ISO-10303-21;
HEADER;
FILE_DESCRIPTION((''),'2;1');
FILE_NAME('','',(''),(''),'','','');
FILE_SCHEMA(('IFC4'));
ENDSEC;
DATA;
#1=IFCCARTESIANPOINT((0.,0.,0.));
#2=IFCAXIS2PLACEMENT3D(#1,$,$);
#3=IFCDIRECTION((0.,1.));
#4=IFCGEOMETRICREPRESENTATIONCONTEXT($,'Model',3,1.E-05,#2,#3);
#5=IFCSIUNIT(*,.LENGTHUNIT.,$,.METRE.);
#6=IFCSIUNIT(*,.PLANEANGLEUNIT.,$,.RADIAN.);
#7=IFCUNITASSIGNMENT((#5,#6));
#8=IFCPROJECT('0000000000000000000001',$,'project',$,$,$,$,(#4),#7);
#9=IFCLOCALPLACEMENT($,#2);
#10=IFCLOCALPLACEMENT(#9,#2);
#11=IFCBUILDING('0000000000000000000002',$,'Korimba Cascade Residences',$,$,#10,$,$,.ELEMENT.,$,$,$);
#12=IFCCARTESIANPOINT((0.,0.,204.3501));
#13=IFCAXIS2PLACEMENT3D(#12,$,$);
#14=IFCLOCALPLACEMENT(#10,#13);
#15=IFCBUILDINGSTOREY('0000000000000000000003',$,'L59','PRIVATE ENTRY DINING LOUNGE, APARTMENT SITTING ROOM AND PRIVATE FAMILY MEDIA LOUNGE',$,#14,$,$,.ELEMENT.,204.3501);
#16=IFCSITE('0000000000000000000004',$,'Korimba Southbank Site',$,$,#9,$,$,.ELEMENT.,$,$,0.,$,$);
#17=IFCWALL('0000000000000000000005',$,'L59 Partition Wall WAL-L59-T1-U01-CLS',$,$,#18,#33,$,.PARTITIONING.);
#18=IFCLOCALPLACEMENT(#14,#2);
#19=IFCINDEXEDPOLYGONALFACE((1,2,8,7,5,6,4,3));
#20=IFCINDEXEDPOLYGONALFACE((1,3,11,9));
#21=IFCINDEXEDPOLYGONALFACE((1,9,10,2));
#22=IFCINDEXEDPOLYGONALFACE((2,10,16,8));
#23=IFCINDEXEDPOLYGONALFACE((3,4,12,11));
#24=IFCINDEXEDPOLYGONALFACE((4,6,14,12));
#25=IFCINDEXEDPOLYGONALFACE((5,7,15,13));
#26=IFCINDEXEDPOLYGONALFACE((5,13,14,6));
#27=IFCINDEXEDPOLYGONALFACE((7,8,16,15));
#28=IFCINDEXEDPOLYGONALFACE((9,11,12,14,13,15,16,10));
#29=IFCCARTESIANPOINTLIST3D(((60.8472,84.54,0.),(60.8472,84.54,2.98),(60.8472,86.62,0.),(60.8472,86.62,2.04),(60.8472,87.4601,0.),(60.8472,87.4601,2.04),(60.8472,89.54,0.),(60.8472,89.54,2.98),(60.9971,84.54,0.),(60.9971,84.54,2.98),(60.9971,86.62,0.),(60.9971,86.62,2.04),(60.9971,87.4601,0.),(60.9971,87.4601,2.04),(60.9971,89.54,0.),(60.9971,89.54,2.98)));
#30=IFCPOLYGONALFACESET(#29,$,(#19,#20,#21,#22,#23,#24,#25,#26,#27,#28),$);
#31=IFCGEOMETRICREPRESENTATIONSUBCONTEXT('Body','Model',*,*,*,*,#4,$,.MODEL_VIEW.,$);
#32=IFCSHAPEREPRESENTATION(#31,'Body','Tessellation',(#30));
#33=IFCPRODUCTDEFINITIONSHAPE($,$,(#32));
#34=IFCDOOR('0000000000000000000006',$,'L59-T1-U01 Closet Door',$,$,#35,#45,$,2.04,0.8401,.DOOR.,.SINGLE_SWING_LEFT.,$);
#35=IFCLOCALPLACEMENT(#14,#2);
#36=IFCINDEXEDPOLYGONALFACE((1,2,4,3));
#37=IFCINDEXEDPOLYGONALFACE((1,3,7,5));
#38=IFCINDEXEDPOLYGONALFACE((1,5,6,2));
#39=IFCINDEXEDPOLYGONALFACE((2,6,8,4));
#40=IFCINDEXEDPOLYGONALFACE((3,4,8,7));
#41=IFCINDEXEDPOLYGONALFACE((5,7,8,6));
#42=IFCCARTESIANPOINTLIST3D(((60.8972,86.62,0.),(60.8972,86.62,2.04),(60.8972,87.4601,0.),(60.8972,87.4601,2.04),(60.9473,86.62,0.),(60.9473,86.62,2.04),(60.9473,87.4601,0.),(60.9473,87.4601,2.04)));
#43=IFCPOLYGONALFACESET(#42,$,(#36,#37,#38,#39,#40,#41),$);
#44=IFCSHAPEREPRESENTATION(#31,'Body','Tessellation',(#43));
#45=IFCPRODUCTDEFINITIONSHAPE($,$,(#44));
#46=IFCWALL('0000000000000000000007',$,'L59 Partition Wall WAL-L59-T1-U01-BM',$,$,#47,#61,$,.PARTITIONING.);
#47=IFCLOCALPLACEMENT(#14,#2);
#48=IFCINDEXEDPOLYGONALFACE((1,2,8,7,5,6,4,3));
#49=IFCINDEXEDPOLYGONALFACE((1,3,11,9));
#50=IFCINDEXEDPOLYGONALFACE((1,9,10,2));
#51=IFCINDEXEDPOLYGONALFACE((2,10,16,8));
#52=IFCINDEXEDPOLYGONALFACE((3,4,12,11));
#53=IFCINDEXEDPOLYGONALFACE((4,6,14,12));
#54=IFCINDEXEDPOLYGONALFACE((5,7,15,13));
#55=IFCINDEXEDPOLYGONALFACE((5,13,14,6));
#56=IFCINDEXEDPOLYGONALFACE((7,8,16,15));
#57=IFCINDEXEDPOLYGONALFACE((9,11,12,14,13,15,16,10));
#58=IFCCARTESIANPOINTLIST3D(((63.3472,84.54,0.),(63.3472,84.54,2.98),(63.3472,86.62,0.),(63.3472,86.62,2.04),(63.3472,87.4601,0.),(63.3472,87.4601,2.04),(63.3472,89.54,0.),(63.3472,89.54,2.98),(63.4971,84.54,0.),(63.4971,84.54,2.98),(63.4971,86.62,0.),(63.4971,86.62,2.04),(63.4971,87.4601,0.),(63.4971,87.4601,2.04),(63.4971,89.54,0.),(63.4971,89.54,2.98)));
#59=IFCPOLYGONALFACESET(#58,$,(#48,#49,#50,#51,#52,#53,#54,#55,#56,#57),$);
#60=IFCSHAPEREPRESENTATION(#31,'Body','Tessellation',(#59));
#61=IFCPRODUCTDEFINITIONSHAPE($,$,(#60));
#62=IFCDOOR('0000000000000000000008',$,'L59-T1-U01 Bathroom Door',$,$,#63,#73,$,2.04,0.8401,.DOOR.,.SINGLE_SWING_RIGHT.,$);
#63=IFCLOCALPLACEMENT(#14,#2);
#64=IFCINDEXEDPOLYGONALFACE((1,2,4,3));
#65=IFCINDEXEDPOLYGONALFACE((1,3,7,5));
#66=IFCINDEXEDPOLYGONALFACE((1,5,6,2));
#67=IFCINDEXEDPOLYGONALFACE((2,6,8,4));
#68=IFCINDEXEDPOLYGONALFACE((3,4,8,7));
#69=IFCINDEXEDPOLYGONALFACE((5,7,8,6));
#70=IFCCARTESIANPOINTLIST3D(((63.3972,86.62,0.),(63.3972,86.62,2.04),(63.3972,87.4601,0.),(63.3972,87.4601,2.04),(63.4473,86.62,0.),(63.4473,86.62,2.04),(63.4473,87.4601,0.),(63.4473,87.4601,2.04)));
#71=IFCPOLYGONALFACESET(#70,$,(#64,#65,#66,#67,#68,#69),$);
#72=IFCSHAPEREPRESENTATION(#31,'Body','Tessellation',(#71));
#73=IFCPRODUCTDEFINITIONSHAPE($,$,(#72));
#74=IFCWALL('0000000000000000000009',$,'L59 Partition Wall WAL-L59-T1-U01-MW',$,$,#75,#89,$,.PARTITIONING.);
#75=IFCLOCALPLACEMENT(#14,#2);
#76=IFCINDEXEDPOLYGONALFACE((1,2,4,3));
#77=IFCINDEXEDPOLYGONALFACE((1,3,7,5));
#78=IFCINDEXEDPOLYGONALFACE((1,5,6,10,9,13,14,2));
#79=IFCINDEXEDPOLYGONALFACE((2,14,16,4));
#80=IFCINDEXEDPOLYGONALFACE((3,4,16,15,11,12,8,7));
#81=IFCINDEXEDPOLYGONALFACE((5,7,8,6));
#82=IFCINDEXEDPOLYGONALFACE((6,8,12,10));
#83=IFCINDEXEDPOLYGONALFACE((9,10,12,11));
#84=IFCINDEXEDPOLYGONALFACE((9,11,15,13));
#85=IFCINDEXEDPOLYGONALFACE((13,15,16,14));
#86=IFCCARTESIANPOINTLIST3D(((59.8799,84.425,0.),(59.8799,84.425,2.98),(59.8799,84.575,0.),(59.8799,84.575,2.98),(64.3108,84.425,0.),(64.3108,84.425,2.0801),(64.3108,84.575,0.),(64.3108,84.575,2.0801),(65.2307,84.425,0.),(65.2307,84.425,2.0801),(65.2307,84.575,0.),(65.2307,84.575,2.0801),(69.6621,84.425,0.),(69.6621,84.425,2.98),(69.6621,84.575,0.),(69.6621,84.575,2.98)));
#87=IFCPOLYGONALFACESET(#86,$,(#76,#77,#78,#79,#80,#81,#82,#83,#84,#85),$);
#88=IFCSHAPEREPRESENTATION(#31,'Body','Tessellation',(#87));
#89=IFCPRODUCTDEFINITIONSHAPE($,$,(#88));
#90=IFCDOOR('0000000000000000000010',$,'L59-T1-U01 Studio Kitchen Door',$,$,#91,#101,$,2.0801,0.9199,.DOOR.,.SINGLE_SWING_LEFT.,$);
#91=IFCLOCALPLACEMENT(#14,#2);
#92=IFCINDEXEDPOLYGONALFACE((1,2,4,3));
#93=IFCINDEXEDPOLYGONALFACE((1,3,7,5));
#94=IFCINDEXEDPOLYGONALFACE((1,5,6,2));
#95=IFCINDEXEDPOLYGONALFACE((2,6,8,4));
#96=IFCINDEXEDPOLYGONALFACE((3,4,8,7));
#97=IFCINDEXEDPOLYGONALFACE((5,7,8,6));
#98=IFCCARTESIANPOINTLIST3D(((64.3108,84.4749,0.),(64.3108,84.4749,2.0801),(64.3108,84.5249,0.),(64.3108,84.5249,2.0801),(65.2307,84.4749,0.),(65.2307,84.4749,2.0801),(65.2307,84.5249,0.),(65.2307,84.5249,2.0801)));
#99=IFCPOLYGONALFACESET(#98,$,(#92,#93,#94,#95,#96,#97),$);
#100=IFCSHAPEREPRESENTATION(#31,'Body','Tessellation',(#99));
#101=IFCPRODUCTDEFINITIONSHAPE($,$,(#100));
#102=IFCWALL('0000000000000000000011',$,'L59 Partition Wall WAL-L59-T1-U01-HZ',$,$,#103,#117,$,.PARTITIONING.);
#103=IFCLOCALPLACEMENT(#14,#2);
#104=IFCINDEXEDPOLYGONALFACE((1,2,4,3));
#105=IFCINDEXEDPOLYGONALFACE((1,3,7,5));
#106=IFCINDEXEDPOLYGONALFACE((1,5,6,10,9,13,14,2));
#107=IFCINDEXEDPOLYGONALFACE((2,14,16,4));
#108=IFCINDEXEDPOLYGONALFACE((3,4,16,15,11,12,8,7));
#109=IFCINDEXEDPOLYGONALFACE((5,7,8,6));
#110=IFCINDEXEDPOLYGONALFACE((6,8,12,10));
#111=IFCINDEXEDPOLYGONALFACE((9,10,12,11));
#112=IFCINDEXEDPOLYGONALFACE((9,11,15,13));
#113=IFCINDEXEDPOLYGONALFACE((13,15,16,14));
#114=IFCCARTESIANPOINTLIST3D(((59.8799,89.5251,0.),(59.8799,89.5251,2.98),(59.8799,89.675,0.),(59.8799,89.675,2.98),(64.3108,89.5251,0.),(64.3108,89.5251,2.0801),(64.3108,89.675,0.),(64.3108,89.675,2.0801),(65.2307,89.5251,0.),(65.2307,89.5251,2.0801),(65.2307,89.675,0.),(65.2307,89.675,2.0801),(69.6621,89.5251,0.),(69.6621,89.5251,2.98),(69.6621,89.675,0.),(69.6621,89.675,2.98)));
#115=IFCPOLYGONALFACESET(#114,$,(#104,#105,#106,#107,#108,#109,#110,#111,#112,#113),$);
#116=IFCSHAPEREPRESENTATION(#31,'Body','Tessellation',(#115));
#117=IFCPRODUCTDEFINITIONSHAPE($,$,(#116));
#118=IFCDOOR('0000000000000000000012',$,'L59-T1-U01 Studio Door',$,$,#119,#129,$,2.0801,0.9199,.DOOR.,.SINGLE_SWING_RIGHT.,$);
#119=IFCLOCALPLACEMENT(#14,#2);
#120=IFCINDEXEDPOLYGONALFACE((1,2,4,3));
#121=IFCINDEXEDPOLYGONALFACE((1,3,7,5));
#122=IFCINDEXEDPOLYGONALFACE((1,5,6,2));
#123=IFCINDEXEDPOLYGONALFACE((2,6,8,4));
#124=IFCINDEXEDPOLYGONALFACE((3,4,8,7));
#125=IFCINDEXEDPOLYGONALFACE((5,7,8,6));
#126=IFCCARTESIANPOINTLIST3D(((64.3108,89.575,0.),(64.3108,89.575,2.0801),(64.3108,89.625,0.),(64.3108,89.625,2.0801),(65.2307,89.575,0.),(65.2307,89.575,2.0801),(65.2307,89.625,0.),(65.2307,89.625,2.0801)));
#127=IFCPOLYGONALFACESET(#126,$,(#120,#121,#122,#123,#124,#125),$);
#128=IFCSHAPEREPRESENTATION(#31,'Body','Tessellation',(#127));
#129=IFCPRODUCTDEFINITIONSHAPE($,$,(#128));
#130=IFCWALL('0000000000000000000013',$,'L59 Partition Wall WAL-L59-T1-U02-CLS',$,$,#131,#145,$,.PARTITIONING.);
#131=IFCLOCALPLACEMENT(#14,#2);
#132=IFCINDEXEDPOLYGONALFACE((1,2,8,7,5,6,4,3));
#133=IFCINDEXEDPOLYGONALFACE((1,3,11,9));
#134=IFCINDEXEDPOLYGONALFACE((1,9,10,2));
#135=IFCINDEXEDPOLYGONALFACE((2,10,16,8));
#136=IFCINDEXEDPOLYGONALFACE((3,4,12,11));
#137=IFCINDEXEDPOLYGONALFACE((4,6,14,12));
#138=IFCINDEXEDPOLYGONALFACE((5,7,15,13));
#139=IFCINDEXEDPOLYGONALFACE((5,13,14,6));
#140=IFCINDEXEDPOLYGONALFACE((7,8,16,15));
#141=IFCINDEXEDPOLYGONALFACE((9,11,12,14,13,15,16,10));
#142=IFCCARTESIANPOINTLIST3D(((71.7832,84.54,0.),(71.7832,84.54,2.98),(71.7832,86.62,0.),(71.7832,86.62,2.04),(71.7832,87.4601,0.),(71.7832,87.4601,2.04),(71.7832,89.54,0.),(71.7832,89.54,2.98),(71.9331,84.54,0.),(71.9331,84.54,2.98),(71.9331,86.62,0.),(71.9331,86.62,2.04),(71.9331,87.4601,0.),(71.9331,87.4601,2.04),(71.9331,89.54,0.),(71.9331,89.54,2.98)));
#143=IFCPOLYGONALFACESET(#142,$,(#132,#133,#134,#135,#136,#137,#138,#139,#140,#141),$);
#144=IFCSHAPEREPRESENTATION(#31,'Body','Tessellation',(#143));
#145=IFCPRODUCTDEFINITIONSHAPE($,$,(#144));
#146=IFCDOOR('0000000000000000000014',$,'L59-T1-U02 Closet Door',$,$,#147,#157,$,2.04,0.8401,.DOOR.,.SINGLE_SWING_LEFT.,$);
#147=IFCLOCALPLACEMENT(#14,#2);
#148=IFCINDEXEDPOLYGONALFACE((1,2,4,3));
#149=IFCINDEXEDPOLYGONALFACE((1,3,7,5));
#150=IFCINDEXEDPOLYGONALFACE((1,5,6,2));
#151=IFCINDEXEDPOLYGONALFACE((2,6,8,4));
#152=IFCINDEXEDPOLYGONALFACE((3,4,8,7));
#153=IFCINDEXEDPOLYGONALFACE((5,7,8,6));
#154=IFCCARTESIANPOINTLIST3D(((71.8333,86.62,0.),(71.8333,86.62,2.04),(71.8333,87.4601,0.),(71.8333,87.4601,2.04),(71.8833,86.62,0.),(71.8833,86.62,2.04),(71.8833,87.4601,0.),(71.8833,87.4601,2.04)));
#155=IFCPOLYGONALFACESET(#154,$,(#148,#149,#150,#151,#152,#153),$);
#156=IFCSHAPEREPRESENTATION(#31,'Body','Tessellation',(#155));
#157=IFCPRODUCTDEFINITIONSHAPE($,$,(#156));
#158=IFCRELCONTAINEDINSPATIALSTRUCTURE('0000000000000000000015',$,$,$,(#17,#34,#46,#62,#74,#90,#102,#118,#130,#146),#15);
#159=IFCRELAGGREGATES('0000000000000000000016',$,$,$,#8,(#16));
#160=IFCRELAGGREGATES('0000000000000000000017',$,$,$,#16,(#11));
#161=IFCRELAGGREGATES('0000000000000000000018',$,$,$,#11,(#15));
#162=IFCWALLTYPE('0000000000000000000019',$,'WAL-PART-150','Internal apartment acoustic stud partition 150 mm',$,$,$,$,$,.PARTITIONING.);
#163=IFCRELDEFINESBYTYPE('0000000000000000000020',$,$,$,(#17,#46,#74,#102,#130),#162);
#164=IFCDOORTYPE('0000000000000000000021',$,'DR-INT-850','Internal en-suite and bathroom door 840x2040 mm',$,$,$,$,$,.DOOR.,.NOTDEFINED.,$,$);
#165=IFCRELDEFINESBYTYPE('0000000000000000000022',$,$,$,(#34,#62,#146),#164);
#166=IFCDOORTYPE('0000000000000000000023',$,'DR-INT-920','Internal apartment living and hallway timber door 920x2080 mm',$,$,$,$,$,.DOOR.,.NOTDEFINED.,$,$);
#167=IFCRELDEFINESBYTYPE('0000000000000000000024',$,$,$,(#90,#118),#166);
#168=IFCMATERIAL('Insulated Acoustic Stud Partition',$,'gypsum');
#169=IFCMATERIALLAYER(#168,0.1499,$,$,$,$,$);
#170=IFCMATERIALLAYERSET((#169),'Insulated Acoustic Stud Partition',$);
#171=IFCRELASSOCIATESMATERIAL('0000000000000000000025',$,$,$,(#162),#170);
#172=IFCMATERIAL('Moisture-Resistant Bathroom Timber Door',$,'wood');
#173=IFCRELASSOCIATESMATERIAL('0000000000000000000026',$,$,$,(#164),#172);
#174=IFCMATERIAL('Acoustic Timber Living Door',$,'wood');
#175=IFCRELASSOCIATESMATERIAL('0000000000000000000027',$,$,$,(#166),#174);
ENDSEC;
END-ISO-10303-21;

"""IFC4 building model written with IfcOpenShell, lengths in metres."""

from ifc_helpers import new_model, si_unit, direction, frame, frame_2d, origin, place, context, subcontext, project, spatial, rectangle, extrude, material, layer, layer_set, type_object, element, fill, save


model = new_model("IFC4")

# Units and contexts
model_context = context("Model", 3, precision=1e-05, world=origin(), true_north=direction((0.0, 1.0)))
body_context = subcontext(model_context, "Body", "Model", "MODEL_VIEW")
ifc_project = project(units=[si_unit("LENGTHUNIT", "METRE"), si_unit("PLANEANGLEUNIT", "RADIAN")], contexts=[model_context])

# Site, building, storey
site_placement = place(None, origin())
site = spatial("IfcSite", under=ifc_project, at=site_placement, Name="Korimba Southbank Site", CompositionType="ELEMENT", RefElevation=0.0)
building_placement = place(site_placement, origin())
building = spatial("IfcBuilding", under=site, at=building_placement, Name="Korimba Cascade Residences", CompositionType="ELEMENT")
storey_placement = place(building_placement, frame((0.0, 0.0, 204.3501)))
storey = spatial("IfcBuildingStorey", under=building, at=storey_placement, Name="L59", Description="PRIVATE ENTRY DINING LOUNGE, APARTMENT SITTING ROOM AND PRIVATE FAMILY MEDIA LOUNGE", CompositionType="ELEMENT", Elevation=204.3501)

# Walls, openings, doors
ifc_material_1 = material(Name="Insulated Acoustic Stud Partition", Category="gypsum")
ifc_layer_1 = layer(ifc_material_1, 0.1499)
ifc_layer_set_1 = layer_set([ifc_layer_1], Name="Insulated Acoustic Stud Partition")
wall_type_1 = type_object("IfcWallType", Name="WAL-PART-150", Description="Internal apartment acoustic stud partition 150 mm", PredefinedType="PARTITIONING", material=ifc_layer_set_1)
wall_1_placement = place(storey_placement, frame((60.9221, 84.54, 0.0), z_axis=(0.0, 0.0, 1.0), x_axis=(0.0, 1.0, 0.0)))
wall_1 = element("IfcWall", 1, at=wall_1_placement, inside=storey, type_object=wall_type_1, Name="L59 Partition Wall WAL-L59-T1-U01-CLS", PredefinedType="PARTITIONING", context=body_context, shape_type="SweptSolid", body=[
    extrude(rectangle(XDim=5.0, YDim=0.1499, at=frame_2d((2.5, 0.0))), origin(), (0.0, 0.0, 1.0), 2.98),
])
opening_1_placement = place(wall_1_placement, frame((2.0801, 0.0, 0.0)))
opening_1 = element("IfcOpeningElement", 2, at=opening_1_placement, cuts=wall_1, PredefinedType="OPENING", context=body_context, shape_type="SweptSolid", body=[
    extrude(rectangle(XDim=0.8401, YDim=2.04, at=frame_2d((0.4199, 1.02))), frame((0.0, 0.085, 0.0), z_axis=(0.0, -1.0, 0.0), x_axis=(1.0, 0.0, 0.0)), (0.0, 0.0, 1.0), 0.1699),
])
ifc_material_2 = material(Name="Moisture-Resistant Bathroom Timber Door", Category="wood")
door_type_1 = type_object("IfcDoorType", Name="DR-INT-850", Description="Internal en-suite and bathroom door 840x2040 mm", OperationType="NOTDEFINED", PredefinedType="DOOR", material=ifc_material_2)
door_1_placement = place(opening_1_placement, origin())
door_1 = element("IfcDoor", 3, at=door_1_placement, inside=storey, type_object=door_type_1, Name="L59-T1-U01 Closet Door", OperationType="SINGLE_SWING_LEFT", OverallHeight=2.04, OverallWidth=0.8401, PredefinedType="DOOR", context=body_context, shape_type="SweptSolid", body=[
    extrude(rectangle(XDim=0.8401, YDim=2.04, at=frame_2d((0.4199, 1.02))), frame((0.0, 0.0249, 0.0), z_axis=(0.0, -1.0, 0.0), x_axis=(1.0, 0.0, 0.0)), (0.0, 0.0, 1.0), 0.05),
])
fill(opening_1, door_1)
wall_2_placement = place(storey_placement, frame((63.4221, 84.54, 0.0), z_axis=(0.0, 0.0, 1.0), x_axis=(0.0, 1.0, 0.0)))
wall_2 = element("IfcWall", 4, at=wall_2_placement, inside=storey, type_object=wall_type_1, Name="L59 Partition Wall WAL-L59-T1-U01-BM", PredefinedType="PARTITIONING", context=body_context, shape_type="SweptSolid", body=[
    extrude(rectangle(XDim=5.0, YDim=0.1499, at=frame_2d((2.5, 0.0))), origin(), (0.0, 0.0, 1.0), 2.98),
])
opening_2_placement = place(wall_2_placement, frame((2.0801, 0.0, 0.0)))
opening_2 = element("IfcOpeningElement", 5, at=opening_2_placement, cuts=wall_2, PredefinedType="OPENING", context=body_context, shape_type="SweptSolid", body=[
    extrude(rectangle(XDim=0.8401, YDim=2.04, at=frame_2d((0.4199, 1.02))), frame((0.0, 0.085, 0.0), z_axis=(0.0, -1.0, 0.0), x_axis=(1.0, 0.0, 0.0)), (0.0, 0.0, 1.0), 0.1699),
])
door_2_placement = place(opening_2_placement, origin())
door_2 = element("IfcDoor", 6, at=door_2_placement, inside=storey, type_object=door_type_1, Name="L59-T1-U01 Bathroom Door", OperationType="SINGLE_SWING_RIGHT", OverallHeight=2.04, OverallWidth=0.8401, PredefinedType="DOOR", context=body_context, shape_type="SweptSolid", body=[
    extrude(rectangle(XDim=0.8401, YDim=2.04, at=frame_2d((0.4199, 1.02))), frame((0.0, 0.0249, 0.0), z_axis=(0.0, -1.0, 0.0), x_axis=(1.0, 0.0, 0.0)), (0.0, 0.0, 1.0), 0.05),
])
fill(opening_2, door_2)
wall_3_placement = place(storey_placement, frame((59.8799, 84.5, 0.0), z_axis=(0.0, 0.0, 1.0), x_axis=(1.0, 0.0, 0.0)))
wall_3 = element("IfcWall", 7, at=wall_3_placement, inside=storey, type_object=wall_type_1, Name="L59 Partition Wall WAL-L59-T1-U01-MW", PredefinedType="PARTITIONING", context=body_context, shape_type="SweptSolid", body=[
    extrude(rectangle(XDim=9.7822, YDim=0.1499, at=frame_2d((4.8911, 0.0))), origin(), (0.0, 0.0, 1.0), 2.98),
])
opening_3_placement = place(wall_3_placement, frame((4.4309, 0.0, 0.0)))
opening_3 = element("IfcOpeningElement", 8, at=opening_3_placement, cuts=wall_3, PredefinedType="OPENING", context=body_context, shape_type="SweptSolid", body=[
    extrude(rectangle(XDim=0.9199, YDim=2.0801, at=frame_2d((0.46, 1.04))), frame((0.0, 0.085, 0.0), z_axis=(0.0, -1.0, 0.0), x_axis=(1.0, 0.0, 0.0)), (0.0, 0.0, 1.0), 0.1699),
])
ifc_material_3 = material(Name="Acoustic Timber Living Door", Category="wood")
door_type_2 = type_object("IfcDoorType", Name="DR-INT-920", Description="Internal apartment living and hallway timber door 920x2080 mm", OperationType="NOTDEFINED", PredefinedType="DOOR", material=ifc_material_3)
door_3_placement = place(opening_3_placement, origin())
door_3 = element("IfcDoor", 9, at=door_3_placement, inside=storey, type_object=door_type_2, Name="L59-T1-U01 Studio Kitchen Door", OperationType="SINGLE_SWING_LEFT", OverallHeight=2.0801, OverallWidth=0.9199, PredefinedType="DOOR", context=body_context, shape_type="SweptSolid", body=[
    extrude(rectangle(XDim=0.9199, YDim=2.0801, at=frame_2d((0.46, 1.04))), frame((0.0, 0.0249, 0.0), z_axis=(0.0, -1.0, 0.0), x_axis=(1.0, 0.0, 0.0)), (0.0, 0.0, 1.0), 0.05),
])
fill(opening_3, door_3)
wall_4_placement = place(storey_placement, frame((59.8799, 89.6001, 0.0), z_axis=(0.0, 0.0, 1.0), x_axis=(1.0, 0.0, 0.0)))
wall_4 = element("IfcWall", 10, at=wall_4_placement, inside=storey, type_object=wall_type_1, Name="L59 Partition Wall WAL-L59-T1-U01-HZ", PredefinedType="PARTITIONING", context=body_context, shape_type="SweptSolid", body=[
    extrude(rectangle(XDim=9.7822, YDim=0.1499, at=frame_2d((4.8911, 0.0))), origin(), (0.0, 0.0, 1.0), 2.98),
])
opening_4_placement = place(wall_4_placement, frame((4.4309, 0.0, 0.0)))
opening_4 = element("IfcOpeningElement", 11, at=opening_4_placement, cuts=wall_4, PredefinedType="OPENING", context=body_context, shape_type="SweptSolid", body=[
    extrude(rectangle(XDim=0.9199, YDim=2.0801, at=frame_2d((0.46, 1.04))), frame((0.0, 0.085, 0.0), z_axis=(0.0, -1.0, 0.0), x_axis=(1.0, 0.0, 0.0)), (0.0, 0.0, 1.0), 0.1699),
])
door_4_placement = place(opening_4_placement, origin())
door_4 = element("IfcDoor", 12, at=door_4_placement, inside=storey, type_object=door_type_2, Name="L59-T1-U01 Studio Door", OperationType="SINGLE_SWING_RIGHT", OverallHeight=2.0801, OverallWidth=0.9199, PredefinedType="DOOR", context=body_context, shape_type="SweptSolid", body=[
    extrude(rectangle(XDim=0.9199, YDim=2.0801, at=frame_2d((0.46, 1.04))), frame((0.0, 0.0249, 0.0), z_axis=(0.0, -1.0, 0.0), x_axis=(1.0, 0.0, 0.0)), (0.0, 0.0, 1.0), 0.05),
])
fill(opening_4, door_4)
wall_5_placement = place(storey_placement, frame((71.8582, 84.54, 0.0), z_axis=(0.0, 0.0, 1.0), x_axis=(0.0, 1.0, 0.0)))
wall_5 = element("IfcWall", 13, at=wall_5_placement, inside=storey, type_object=wall_type_1, Name="L59 Partition Wall WAL-L59-T1-U02-CLS", PredefinedType="PARTITIONING", context=body_context, shape_type="SweptSolid", body=[
    extrude(rectangle(XDim=5.0, YDim=0.1499, at=frame_2d((2.5, 0.0))), origin(), (0.0, 0.0, 1.0), 2.98),
])
opening_5_placement = place(wall_5_placement, frame((2.0801, 0.0, 0.0)))
opening_5 = element("IfcOpeningElement", 14, at=opening_5_placement, cuts=wall_5, PredefinedType="OPENING", context=body_context, shape_type="SweptSolid", body=[
    extrude(rectangle(XDim=0.8401, YDim=2.04, at=frame_2d((0.4199, 1.02))), frame((0.0, 0.085, 0.0), z_axis=(0.0, -1.0, 0.0), x_axis=(1.0, 0.0, 0.0)), (0.0, 0.0, 1.0), 0.1699),
])
door_5_placement = place(opening_5_placement, origin())
door_5 = element("IfcDoor", 15, at=door_5_placement, inside=storey, type_object=door_type_1, Name="L59-T1-U02 Closet Door", OperationType="SINGLE_SWING_LEFT", OverallHeight=2.04, OverallWidth=0.8401, PredefinedType="DOOR", context=body_context, shape_type="SweptSolid", body=[
    extrude(rectangle(XDim=0.8401, YDim=2.04, at=frame_2d((0.4199, 1.02))), frame((0.0, 0.0249, 0.0), z_axis=(0.0, -1.0, 0.0), x_axis=(1.0, 0.0, 0.0)), (0.0, 0.0, 1.0), 0.05),
])
fill(opening_5, door_5)

save(model, "model.ifc")
